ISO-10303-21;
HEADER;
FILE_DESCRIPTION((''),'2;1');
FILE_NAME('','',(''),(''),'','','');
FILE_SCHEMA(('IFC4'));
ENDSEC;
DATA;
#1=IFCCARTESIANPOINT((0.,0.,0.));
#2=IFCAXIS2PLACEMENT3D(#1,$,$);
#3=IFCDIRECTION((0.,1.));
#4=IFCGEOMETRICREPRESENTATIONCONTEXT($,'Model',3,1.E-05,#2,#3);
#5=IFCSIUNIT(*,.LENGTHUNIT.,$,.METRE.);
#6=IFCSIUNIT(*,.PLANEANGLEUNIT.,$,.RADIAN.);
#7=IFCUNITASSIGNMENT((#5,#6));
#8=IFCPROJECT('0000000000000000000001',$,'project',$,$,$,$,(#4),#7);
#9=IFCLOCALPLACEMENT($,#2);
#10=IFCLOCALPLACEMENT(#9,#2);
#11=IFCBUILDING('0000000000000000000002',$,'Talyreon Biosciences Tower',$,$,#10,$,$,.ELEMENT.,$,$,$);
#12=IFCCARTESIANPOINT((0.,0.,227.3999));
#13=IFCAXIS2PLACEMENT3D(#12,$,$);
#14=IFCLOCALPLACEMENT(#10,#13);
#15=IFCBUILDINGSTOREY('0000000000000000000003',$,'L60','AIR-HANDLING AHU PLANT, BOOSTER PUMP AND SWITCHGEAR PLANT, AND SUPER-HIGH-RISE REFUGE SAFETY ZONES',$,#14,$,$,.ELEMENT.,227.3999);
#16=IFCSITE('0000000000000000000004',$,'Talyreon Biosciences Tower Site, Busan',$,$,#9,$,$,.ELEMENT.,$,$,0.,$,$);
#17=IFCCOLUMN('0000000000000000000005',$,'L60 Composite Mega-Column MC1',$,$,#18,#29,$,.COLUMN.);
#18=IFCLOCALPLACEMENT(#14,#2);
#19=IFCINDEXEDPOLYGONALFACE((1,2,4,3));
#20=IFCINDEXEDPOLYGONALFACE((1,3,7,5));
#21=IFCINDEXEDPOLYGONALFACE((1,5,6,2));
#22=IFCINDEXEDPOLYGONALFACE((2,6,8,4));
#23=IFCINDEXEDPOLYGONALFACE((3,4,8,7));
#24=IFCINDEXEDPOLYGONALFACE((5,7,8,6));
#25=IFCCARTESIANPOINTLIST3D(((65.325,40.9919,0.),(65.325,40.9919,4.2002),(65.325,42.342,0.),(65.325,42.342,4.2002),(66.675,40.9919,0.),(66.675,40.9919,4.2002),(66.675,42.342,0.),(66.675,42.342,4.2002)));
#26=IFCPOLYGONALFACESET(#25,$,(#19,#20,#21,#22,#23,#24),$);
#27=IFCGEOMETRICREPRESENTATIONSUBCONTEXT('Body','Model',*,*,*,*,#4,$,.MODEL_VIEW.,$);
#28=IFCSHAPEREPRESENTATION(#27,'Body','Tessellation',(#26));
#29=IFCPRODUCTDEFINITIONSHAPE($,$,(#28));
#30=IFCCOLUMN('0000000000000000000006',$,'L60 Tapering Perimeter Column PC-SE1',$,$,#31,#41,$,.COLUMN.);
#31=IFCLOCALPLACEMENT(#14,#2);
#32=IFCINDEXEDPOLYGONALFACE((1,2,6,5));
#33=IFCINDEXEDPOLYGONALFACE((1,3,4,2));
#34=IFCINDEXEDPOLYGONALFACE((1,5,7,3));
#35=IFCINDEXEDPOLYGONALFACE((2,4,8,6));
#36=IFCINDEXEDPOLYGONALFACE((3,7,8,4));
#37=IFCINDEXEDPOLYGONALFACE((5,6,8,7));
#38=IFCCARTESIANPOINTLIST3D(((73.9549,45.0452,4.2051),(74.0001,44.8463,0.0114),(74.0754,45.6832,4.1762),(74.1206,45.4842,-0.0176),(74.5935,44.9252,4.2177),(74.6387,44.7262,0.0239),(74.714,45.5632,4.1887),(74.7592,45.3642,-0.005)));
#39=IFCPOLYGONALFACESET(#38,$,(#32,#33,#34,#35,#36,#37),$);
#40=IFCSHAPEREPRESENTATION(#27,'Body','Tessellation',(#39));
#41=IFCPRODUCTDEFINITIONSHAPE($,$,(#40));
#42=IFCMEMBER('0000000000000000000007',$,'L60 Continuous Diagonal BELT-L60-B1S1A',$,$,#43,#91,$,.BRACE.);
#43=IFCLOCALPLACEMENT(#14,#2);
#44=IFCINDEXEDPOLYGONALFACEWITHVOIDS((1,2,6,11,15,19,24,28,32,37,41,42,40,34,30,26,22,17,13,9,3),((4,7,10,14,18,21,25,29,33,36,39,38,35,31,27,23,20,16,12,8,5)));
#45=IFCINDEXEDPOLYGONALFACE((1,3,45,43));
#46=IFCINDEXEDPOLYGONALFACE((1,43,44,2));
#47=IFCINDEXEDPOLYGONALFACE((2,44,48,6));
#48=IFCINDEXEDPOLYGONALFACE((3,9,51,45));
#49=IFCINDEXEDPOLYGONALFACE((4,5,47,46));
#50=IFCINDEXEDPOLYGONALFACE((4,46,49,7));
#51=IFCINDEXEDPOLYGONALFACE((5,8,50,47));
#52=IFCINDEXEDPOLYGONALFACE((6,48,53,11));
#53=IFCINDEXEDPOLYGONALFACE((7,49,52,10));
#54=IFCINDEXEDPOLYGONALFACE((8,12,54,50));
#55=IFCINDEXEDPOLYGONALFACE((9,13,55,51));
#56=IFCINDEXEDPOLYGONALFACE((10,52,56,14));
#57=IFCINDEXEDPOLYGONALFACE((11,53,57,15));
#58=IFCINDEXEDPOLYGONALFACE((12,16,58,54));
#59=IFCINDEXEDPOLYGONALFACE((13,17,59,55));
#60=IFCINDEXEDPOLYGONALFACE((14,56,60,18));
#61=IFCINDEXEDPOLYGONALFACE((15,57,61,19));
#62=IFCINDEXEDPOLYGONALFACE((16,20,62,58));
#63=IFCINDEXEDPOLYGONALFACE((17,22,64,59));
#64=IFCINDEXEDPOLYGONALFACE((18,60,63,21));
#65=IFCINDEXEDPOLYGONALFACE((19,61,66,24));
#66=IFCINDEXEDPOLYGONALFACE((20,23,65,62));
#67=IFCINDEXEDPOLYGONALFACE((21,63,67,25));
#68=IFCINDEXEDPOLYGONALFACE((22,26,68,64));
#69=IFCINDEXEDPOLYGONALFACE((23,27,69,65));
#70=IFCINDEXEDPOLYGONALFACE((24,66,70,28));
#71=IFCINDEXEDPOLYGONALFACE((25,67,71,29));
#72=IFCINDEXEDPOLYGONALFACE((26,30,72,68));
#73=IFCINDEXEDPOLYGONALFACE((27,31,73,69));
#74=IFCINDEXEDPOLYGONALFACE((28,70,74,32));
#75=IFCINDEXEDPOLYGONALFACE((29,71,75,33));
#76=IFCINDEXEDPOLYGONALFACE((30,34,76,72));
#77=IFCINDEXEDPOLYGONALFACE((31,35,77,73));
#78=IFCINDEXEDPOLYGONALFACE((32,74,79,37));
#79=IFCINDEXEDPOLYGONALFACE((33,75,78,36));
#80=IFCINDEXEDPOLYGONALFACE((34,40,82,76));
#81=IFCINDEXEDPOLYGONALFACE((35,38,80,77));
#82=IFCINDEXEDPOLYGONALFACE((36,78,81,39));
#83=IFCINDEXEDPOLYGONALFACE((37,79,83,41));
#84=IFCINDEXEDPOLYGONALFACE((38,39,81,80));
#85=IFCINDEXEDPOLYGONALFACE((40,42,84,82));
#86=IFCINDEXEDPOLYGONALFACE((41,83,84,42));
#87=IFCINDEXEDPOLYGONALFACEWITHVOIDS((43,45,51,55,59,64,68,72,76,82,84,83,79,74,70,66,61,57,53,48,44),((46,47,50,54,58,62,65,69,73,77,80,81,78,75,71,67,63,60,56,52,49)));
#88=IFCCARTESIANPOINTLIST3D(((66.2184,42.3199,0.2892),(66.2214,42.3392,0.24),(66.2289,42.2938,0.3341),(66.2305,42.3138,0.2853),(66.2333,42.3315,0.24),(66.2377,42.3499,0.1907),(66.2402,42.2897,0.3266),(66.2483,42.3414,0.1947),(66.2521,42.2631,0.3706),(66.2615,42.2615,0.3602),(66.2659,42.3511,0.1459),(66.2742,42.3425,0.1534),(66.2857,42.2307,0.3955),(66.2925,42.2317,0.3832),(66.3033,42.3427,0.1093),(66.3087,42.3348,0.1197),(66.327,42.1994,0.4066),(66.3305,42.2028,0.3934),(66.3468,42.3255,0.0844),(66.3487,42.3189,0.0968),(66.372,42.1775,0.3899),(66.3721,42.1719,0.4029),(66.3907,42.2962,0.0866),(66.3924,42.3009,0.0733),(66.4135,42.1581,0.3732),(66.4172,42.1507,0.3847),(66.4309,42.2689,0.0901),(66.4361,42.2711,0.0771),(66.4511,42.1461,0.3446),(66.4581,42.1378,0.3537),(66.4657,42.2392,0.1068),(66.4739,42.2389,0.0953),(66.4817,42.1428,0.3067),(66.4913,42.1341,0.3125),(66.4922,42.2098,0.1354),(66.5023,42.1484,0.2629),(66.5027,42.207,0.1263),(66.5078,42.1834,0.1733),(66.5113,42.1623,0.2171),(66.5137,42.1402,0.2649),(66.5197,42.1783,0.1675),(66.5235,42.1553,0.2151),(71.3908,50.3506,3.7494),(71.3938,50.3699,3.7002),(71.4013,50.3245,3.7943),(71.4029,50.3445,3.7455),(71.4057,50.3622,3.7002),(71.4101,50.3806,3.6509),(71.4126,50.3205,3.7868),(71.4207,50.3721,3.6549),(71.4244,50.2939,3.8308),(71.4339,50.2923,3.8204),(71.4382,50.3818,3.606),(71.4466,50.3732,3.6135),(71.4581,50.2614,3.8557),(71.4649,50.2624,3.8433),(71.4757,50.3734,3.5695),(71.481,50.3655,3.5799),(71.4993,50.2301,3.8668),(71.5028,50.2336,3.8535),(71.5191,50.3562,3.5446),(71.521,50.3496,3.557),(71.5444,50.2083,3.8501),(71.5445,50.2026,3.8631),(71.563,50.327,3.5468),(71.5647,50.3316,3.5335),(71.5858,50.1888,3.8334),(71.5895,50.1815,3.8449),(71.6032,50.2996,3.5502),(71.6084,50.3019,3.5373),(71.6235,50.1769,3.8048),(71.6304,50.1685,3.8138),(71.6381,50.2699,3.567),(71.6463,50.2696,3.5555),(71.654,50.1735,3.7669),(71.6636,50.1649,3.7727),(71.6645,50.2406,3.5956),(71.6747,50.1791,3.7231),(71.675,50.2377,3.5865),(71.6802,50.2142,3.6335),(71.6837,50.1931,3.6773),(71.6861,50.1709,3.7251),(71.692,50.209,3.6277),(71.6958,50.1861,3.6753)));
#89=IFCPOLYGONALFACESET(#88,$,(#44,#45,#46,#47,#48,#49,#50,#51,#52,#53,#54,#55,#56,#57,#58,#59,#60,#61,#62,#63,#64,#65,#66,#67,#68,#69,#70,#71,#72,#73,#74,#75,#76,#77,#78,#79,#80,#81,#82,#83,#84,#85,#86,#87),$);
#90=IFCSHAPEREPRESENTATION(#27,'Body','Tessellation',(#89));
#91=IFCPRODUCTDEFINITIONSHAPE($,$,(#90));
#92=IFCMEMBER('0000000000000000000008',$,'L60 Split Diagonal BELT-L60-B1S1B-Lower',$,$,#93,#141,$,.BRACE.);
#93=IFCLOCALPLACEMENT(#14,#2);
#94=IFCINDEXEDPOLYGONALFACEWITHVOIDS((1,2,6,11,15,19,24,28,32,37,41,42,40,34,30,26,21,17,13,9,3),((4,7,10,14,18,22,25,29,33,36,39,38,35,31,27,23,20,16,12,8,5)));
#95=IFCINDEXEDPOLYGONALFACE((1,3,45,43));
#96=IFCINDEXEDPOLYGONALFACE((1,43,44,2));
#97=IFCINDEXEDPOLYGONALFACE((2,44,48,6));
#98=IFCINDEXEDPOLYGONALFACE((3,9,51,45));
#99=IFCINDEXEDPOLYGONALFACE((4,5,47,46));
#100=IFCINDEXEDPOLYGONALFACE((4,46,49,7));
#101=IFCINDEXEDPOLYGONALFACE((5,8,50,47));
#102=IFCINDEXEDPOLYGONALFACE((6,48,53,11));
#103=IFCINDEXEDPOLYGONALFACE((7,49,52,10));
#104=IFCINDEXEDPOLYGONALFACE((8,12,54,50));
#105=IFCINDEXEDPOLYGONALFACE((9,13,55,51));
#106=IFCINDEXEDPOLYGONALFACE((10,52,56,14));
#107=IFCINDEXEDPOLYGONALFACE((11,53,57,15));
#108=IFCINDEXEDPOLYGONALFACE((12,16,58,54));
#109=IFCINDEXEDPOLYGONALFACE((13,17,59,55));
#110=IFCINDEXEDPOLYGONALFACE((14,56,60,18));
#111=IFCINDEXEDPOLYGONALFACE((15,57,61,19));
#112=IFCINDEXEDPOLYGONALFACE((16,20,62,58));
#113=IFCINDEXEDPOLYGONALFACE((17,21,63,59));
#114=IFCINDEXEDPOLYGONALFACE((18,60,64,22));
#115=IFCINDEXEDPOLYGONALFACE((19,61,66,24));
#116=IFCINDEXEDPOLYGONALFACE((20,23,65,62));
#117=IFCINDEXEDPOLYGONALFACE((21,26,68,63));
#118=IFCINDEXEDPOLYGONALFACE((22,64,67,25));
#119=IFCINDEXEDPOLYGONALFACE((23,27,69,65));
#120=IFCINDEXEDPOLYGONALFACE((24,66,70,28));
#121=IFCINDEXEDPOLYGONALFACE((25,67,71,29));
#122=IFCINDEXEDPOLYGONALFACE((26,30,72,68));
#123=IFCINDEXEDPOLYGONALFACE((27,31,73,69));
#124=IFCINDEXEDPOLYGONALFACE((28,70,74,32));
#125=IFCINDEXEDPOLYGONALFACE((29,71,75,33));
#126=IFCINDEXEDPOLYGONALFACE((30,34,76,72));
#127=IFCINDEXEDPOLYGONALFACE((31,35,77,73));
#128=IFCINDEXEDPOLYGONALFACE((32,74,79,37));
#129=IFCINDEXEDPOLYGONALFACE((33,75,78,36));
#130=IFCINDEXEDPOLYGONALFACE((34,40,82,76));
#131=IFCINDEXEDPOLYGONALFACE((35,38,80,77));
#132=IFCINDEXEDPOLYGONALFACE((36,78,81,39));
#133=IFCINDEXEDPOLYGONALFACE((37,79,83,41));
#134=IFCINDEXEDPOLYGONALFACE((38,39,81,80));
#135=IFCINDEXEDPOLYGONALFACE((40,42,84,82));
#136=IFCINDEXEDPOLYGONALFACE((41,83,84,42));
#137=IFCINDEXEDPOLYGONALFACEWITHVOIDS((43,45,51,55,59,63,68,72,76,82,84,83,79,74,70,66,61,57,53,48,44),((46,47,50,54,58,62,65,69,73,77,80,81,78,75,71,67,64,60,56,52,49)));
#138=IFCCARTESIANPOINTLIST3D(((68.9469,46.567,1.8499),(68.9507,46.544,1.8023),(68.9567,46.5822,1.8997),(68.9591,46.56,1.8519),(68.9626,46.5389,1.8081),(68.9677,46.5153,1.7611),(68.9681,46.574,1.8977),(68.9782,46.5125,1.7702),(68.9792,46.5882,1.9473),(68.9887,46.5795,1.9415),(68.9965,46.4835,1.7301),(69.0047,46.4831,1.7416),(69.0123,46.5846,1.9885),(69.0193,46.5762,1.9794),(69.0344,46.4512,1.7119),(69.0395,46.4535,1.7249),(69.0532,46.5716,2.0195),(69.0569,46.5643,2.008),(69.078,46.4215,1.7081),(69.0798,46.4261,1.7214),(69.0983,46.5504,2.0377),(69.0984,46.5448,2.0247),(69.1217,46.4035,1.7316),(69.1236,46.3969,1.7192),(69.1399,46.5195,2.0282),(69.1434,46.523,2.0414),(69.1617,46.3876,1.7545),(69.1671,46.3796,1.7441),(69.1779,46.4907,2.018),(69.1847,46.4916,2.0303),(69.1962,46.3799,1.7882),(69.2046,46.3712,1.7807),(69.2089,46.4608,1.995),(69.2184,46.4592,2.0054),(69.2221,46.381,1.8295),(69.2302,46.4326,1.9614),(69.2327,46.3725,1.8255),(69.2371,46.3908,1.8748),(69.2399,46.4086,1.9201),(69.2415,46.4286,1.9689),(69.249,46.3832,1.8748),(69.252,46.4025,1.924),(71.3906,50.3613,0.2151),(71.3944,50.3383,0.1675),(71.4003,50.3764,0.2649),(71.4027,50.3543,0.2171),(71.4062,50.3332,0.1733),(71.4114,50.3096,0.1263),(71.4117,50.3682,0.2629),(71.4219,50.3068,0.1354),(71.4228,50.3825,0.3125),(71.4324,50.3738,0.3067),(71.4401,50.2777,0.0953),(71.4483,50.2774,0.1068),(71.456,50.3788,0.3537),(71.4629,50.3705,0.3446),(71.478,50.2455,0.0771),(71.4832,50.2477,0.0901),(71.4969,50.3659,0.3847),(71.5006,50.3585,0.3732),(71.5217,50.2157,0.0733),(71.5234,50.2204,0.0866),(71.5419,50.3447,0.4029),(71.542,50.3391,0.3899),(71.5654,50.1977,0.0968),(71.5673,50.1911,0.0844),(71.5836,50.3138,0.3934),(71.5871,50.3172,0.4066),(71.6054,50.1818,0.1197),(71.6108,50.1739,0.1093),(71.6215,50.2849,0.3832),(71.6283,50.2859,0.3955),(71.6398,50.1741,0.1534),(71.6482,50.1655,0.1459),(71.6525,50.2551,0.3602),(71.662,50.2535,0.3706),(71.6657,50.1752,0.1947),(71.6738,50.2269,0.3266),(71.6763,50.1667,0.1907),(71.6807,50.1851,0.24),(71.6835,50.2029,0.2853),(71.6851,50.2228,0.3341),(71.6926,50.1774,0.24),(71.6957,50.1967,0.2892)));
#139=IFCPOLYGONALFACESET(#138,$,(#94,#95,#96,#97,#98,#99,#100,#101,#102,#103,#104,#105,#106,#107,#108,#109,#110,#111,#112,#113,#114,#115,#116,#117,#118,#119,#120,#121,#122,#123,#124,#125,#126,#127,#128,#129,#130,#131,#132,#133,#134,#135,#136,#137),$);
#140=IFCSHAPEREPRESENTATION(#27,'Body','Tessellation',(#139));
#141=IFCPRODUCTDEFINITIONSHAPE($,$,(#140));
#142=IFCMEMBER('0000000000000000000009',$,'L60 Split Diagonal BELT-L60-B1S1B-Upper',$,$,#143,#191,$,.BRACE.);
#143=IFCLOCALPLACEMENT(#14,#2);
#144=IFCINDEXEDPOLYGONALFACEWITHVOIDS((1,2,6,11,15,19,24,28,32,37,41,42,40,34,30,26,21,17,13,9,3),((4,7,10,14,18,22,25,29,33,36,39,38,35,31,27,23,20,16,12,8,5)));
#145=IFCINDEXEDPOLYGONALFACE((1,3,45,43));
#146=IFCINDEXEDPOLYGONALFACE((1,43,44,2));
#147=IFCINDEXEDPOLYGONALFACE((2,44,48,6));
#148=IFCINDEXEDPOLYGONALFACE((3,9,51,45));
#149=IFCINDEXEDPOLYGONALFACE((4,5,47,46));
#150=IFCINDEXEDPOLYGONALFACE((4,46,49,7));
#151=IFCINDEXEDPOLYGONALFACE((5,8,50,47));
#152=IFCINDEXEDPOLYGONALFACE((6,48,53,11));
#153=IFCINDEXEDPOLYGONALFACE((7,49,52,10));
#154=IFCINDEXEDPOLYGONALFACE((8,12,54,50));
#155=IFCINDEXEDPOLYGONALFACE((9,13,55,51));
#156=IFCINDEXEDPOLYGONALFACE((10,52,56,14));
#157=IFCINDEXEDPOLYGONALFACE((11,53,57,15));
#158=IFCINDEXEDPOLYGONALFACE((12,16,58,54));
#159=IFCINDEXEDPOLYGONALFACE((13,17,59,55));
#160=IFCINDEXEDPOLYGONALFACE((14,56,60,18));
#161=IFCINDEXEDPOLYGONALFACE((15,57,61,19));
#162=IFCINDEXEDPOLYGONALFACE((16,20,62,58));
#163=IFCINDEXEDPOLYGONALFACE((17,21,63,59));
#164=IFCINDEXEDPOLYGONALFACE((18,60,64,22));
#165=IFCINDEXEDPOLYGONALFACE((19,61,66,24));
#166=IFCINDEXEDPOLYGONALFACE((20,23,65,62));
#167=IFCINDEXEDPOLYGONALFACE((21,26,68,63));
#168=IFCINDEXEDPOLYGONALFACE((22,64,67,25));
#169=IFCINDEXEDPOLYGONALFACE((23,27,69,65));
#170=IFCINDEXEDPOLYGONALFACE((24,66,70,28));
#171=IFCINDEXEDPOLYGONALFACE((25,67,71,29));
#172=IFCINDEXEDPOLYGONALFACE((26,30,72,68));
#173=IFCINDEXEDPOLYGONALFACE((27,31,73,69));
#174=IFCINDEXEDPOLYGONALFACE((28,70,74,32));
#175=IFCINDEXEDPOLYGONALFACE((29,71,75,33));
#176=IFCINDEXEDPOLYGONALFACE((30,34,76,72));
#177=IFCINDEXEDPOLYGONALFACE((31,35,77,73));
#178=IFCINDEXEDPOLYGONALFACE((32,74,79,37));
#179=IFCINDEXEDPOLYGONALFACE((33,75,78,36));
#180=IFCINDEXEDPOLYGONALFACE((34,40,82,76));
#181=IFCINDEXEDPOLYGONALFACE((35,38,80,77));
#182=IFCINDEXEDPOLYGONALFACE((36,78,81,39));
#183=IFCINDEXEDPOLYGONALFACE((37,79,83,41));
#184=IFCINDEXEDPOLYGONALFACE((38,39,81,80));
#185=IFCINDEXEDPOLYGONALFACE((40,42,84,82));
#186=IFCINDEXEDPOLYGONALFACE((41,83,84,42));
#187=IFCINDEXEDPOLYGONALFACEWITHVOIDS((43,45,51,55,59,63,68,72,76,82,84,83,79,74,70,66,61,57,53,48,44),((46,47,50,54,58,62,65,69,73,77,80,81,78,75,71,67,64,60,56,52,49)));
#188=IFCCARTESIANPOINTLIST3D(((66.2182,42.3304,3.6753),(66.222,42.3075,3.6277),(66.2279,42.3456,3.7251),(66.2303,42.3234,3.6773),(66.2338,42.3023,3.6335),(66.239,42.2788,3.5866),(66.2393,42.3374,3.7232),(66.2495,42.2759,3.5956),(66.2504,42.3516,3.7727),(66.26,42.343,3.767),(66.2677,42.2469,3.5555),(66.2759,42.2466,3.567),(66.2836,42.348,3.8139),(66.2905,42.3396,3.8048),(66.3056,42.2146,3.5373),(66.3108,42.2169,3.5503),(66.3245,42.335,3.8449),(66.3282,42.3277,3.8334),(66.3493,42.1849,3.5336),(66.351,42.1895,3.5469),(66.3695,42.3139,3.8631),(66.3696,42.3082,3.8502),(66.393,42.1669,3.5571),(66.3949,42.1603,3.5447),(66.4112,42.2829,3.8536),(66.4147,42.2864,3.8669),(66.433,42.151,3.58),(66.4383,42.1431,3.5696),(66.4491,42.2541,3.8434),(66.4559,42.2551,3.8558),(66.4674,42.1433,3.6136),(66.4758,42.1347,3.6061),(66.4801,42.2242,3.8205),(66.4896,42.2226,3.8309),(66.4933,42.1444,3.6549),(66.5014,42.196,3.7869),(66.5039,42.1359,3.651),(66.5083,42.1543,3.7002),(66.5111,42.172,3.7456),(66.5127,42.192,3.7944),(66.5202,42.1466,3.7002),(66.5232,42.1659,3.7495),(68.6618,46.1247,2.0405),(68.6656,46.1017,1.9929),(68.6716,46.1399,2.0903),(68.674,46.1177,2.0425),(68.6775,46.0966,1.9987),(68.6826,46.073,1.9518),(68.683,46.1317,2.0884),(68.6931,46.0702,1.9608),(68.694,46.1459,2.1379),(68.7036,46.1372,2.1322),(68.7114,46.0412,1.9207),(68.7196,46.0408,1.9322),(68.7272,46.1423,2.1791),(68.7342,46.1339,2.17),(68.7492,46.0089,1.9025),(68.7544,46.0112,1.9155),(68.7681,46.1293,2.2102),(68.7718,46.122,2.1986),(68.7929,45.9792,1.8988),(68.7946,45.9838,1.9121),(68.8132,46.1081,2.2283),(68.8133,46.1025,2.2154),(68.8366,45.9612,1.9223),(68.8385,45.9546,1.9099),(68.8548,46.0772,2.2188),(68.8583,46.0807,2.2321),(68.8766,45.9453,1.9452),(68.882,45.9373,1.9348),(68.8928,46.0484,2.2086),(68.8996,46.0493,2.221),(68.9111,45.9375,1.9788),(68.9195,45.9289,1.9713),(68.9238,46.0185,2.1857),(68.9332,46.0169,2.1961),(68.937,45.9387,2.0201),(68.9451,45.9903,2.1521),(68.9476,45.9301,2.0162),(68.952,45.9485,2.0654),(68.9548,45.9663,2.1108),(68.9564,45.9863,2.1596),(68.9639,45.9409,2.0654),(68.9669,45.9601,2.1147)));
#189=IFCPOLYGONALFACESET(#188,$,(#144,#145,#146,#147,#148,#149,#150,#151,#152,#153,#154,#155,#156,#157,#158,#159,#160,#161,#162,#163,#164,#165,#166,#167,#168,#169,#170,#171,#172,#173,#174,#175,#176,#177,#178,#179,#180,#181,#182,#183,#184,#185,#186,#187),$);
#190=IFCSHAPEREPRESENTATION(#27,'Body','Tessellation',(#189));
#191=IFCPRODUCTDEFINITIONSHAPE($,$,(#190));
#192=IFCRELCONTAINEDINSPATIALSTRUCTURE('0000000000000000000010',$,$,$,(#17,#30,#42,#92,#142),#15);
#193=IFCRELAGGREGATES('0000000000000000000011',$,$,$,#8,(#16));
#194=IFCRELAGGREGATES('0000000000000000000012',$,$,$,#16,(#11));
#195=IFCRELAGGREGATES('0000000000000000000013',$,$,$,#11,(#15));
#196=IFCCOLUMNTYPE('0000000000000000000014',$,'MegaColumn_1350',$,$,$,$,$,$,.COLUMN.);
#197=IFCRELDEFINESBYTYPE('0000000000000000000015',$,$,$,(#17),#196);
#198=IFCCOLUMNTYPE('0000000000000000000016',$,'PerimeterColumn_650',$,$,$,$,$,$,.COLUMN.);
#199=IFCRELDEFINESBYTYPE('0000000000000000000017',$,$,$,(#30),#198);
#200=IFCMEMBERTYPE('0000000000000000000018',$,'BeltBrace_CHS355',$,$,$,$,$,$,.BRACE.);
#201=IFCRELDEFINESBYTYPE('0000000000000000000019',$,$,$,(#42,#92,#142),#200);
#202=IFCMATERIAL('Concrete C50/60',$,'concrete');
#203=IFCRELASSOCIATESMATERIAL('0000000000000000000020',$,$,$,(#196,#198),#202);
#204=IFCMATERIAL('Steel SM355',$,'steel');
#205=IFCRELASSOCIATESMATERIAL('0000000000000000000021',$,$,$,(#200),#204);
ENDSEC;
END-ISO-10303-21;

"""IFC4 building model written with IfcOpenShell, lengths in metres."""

from ifc_helpers import new_model, si_unit, direction, frame, origin, origin_2d, place, context, subcontext, project, spatial, rectangle, hollow_circle, extrude, material, material_profile, profile_set, type_object, element, save


model = new_model("IFC4")

# Units and contexts
model_context = context("Model", 3, precision=1e-05, world=origin(), true_north=direction((0.0, 1.0)))
body_context = subcontext(model_context, "Body", "Model", "MODEL_VIEW")
ifc_project = project(units=[si_unit("LENGTHUNIT", "METRE"), si_unit("PLANEANGLEUNIT", "RADIAN")], contexts=[model_context])

# Site, building, storey
site_placement = place(None, origin())
site = spatial("IfcSite", under=ifc_project, at=site_placement, Name="Talyreon Biosciences Tower Site, Busan", CompositionType="ELEMENT", RefElevation=0.0)
building_placement = place(site_placement, origin())
building = spatial("IfcBuilding", under=site, at=building_placement, Name="Talyreon Biosciences Tower", CompositionType="ELEMENT")
storey_placement = place(building_placement, frame((0.0, 0.0, 227.3999)))
storey = spatial("IfcBuildingStorey", under=building, at=storey_placement, Name="L60", Description="AIR-HANDLING AHU PLANT, BOOSTER PUMP AND SWITCHGEAR PLANT, AND SUPER-HIGH-RISE REFUGE SAFETY ZONES", CompositionType="ELEMENT", Elevation=227.3999)

# Columns
ifc_material_1 = material(Name="Concrete C50/60", Category="concrete")
ifc_material_profile_1 = material_profile(ifc_material_1, rectangle(XDim=1.3501, YDim=1.3501, at=origin_2d()), Name="RC 1350x1350")
ifc_profile_set_1 = profile_set([ifc_material_profile_1], Name="Concrete C50/60")
column_type_1 = type_object("IfcColumnType", Name="MegaColumn_1350", PredefinedType="COLUMN", material=ifc_profile_set_1)
column_1_placement = place(storey_placement, frame((66.0, 41.667, 0.0), z_axis=(0.0, 0.0, 1.0), x_axis=(1.0, 0.0, 0.0)))
element("IfcColumn", 1, at=column_1_placement, inside=storey, type_object=column_type_1, Name="L60 Composite Mega-Column MC1", PredefinedType="COLUMN", context=body_context, shape_type="SweptSolid", body=[
    extrude(rectangle(XDim=1.3501, YDim=1.3501, at=origin_2d()), origin(), (0.0, 0.0, 1.0), 4.2002),
])
ifc_material_profile_2 = material_profile(ifc_material_1, rectangle(XDim=0.6499, YDim=0.6499, at=origin_2d()), Name="RC 650x650")
ifc_profile_set_2 = profile_set([ifc_material_profile_2], Name="Concrete C50/60")
column_type_2 = type_object("IfcColumnType", Name="PerimeterColumn_650", PredefinedType="COLUMN", material=ifc_profile_set_2)
column_2_placement = place(storey_placement, frame((74.3796, 45.1052, 0.0032), z_axis=(-0.010757, 0.047388, 0.998819), x_axis=(-0.185408, -0.98165, 0.044577)))
element("IfcColumn", 2, at=column_2_placement, inside=storey, type_object=column_type_2, Name="L60 Tapering Perimeter Column PC-SE1", PredefinedType="COLUMN", context=body_context, shape_type="SweptSolid", body=[
    extrude(rectangle(XDim=0.6499, YDim=0.6499, at=origin_2d()), origin(), (0.0, 0.0, 1.0), 4.1987),
])

# Members
ifc_material_2 = material(Name="Steel SM355", Category="steel")
ifc_material_profile_3 = material_profile(ifc_material_2, hollow_circle(Radius=0.1777, WallThickness=0.0142, at=origin_2d()), Name="CHS 355.6x14.2")
ifc_profile_set_3 = profile_set([ifc_material_profile_3], Name="Steel SM355")
member_type_1 = type_object("IfcMemberType", Name="BeltBrace_CHS355", PredefinedType="BRACE", material=ifc_profile_set_3)
member_1_placement = place(storey_placement, frame((66.3708, 42.2429, 0.24), z_axis=(0.509106, 0.790453, 0.340581), x_axis=(-0.840715, 0.541478, 0.0)))
element("IfcMember", 3, at=member_1_placement, inside=storey, type_object=member_type_1, Name="L60 Continuous Diagonal BELT-L60-B1S1A", PredefinedType="BRACE", context=body_context, shape_type="SweptSolid", body=[
    extrude(hollow_circle(Radius=0.1777, WallThickness=0.0142, at=origin_2d()), origin(), (0.0, 0.0, 1.0), 10.1597),
])
for number, where, z_axis, x_axis, name in (
    (4, (71.5432, 50.2737, 0.24), (-0.509089, -0.790464, 0.34058), (0.840726, -0.54146, 0.0), "L60 Split Diagonal BELT-L60-B1S1B-Lower"),
    (5, (68.8145, 46.0371, 2.0654), (-0.509089, -0.790464, 0.34058), (0.840726, -0.54146, 0.0), "L60 Split Diagonal BELT-L60-B1S1B-Upper"),
):
    element("IfcMember", number, at=place(storey_placement, frame(where, z_axis=z_axis, x_axis=x_axis)), inside=storey, type_object=member_type_1, Name=name, PredefinedType="BRACE", context=body_context, shape_type="SweptSolid", body=[
        extrude(hollow_circle(Radius=0.1777, WallThickness=0.0142, at=origin_2d()), origin(), (0.0, 0.0, 1.0), 4.8),
    ])

save(model, "model.ifc")
